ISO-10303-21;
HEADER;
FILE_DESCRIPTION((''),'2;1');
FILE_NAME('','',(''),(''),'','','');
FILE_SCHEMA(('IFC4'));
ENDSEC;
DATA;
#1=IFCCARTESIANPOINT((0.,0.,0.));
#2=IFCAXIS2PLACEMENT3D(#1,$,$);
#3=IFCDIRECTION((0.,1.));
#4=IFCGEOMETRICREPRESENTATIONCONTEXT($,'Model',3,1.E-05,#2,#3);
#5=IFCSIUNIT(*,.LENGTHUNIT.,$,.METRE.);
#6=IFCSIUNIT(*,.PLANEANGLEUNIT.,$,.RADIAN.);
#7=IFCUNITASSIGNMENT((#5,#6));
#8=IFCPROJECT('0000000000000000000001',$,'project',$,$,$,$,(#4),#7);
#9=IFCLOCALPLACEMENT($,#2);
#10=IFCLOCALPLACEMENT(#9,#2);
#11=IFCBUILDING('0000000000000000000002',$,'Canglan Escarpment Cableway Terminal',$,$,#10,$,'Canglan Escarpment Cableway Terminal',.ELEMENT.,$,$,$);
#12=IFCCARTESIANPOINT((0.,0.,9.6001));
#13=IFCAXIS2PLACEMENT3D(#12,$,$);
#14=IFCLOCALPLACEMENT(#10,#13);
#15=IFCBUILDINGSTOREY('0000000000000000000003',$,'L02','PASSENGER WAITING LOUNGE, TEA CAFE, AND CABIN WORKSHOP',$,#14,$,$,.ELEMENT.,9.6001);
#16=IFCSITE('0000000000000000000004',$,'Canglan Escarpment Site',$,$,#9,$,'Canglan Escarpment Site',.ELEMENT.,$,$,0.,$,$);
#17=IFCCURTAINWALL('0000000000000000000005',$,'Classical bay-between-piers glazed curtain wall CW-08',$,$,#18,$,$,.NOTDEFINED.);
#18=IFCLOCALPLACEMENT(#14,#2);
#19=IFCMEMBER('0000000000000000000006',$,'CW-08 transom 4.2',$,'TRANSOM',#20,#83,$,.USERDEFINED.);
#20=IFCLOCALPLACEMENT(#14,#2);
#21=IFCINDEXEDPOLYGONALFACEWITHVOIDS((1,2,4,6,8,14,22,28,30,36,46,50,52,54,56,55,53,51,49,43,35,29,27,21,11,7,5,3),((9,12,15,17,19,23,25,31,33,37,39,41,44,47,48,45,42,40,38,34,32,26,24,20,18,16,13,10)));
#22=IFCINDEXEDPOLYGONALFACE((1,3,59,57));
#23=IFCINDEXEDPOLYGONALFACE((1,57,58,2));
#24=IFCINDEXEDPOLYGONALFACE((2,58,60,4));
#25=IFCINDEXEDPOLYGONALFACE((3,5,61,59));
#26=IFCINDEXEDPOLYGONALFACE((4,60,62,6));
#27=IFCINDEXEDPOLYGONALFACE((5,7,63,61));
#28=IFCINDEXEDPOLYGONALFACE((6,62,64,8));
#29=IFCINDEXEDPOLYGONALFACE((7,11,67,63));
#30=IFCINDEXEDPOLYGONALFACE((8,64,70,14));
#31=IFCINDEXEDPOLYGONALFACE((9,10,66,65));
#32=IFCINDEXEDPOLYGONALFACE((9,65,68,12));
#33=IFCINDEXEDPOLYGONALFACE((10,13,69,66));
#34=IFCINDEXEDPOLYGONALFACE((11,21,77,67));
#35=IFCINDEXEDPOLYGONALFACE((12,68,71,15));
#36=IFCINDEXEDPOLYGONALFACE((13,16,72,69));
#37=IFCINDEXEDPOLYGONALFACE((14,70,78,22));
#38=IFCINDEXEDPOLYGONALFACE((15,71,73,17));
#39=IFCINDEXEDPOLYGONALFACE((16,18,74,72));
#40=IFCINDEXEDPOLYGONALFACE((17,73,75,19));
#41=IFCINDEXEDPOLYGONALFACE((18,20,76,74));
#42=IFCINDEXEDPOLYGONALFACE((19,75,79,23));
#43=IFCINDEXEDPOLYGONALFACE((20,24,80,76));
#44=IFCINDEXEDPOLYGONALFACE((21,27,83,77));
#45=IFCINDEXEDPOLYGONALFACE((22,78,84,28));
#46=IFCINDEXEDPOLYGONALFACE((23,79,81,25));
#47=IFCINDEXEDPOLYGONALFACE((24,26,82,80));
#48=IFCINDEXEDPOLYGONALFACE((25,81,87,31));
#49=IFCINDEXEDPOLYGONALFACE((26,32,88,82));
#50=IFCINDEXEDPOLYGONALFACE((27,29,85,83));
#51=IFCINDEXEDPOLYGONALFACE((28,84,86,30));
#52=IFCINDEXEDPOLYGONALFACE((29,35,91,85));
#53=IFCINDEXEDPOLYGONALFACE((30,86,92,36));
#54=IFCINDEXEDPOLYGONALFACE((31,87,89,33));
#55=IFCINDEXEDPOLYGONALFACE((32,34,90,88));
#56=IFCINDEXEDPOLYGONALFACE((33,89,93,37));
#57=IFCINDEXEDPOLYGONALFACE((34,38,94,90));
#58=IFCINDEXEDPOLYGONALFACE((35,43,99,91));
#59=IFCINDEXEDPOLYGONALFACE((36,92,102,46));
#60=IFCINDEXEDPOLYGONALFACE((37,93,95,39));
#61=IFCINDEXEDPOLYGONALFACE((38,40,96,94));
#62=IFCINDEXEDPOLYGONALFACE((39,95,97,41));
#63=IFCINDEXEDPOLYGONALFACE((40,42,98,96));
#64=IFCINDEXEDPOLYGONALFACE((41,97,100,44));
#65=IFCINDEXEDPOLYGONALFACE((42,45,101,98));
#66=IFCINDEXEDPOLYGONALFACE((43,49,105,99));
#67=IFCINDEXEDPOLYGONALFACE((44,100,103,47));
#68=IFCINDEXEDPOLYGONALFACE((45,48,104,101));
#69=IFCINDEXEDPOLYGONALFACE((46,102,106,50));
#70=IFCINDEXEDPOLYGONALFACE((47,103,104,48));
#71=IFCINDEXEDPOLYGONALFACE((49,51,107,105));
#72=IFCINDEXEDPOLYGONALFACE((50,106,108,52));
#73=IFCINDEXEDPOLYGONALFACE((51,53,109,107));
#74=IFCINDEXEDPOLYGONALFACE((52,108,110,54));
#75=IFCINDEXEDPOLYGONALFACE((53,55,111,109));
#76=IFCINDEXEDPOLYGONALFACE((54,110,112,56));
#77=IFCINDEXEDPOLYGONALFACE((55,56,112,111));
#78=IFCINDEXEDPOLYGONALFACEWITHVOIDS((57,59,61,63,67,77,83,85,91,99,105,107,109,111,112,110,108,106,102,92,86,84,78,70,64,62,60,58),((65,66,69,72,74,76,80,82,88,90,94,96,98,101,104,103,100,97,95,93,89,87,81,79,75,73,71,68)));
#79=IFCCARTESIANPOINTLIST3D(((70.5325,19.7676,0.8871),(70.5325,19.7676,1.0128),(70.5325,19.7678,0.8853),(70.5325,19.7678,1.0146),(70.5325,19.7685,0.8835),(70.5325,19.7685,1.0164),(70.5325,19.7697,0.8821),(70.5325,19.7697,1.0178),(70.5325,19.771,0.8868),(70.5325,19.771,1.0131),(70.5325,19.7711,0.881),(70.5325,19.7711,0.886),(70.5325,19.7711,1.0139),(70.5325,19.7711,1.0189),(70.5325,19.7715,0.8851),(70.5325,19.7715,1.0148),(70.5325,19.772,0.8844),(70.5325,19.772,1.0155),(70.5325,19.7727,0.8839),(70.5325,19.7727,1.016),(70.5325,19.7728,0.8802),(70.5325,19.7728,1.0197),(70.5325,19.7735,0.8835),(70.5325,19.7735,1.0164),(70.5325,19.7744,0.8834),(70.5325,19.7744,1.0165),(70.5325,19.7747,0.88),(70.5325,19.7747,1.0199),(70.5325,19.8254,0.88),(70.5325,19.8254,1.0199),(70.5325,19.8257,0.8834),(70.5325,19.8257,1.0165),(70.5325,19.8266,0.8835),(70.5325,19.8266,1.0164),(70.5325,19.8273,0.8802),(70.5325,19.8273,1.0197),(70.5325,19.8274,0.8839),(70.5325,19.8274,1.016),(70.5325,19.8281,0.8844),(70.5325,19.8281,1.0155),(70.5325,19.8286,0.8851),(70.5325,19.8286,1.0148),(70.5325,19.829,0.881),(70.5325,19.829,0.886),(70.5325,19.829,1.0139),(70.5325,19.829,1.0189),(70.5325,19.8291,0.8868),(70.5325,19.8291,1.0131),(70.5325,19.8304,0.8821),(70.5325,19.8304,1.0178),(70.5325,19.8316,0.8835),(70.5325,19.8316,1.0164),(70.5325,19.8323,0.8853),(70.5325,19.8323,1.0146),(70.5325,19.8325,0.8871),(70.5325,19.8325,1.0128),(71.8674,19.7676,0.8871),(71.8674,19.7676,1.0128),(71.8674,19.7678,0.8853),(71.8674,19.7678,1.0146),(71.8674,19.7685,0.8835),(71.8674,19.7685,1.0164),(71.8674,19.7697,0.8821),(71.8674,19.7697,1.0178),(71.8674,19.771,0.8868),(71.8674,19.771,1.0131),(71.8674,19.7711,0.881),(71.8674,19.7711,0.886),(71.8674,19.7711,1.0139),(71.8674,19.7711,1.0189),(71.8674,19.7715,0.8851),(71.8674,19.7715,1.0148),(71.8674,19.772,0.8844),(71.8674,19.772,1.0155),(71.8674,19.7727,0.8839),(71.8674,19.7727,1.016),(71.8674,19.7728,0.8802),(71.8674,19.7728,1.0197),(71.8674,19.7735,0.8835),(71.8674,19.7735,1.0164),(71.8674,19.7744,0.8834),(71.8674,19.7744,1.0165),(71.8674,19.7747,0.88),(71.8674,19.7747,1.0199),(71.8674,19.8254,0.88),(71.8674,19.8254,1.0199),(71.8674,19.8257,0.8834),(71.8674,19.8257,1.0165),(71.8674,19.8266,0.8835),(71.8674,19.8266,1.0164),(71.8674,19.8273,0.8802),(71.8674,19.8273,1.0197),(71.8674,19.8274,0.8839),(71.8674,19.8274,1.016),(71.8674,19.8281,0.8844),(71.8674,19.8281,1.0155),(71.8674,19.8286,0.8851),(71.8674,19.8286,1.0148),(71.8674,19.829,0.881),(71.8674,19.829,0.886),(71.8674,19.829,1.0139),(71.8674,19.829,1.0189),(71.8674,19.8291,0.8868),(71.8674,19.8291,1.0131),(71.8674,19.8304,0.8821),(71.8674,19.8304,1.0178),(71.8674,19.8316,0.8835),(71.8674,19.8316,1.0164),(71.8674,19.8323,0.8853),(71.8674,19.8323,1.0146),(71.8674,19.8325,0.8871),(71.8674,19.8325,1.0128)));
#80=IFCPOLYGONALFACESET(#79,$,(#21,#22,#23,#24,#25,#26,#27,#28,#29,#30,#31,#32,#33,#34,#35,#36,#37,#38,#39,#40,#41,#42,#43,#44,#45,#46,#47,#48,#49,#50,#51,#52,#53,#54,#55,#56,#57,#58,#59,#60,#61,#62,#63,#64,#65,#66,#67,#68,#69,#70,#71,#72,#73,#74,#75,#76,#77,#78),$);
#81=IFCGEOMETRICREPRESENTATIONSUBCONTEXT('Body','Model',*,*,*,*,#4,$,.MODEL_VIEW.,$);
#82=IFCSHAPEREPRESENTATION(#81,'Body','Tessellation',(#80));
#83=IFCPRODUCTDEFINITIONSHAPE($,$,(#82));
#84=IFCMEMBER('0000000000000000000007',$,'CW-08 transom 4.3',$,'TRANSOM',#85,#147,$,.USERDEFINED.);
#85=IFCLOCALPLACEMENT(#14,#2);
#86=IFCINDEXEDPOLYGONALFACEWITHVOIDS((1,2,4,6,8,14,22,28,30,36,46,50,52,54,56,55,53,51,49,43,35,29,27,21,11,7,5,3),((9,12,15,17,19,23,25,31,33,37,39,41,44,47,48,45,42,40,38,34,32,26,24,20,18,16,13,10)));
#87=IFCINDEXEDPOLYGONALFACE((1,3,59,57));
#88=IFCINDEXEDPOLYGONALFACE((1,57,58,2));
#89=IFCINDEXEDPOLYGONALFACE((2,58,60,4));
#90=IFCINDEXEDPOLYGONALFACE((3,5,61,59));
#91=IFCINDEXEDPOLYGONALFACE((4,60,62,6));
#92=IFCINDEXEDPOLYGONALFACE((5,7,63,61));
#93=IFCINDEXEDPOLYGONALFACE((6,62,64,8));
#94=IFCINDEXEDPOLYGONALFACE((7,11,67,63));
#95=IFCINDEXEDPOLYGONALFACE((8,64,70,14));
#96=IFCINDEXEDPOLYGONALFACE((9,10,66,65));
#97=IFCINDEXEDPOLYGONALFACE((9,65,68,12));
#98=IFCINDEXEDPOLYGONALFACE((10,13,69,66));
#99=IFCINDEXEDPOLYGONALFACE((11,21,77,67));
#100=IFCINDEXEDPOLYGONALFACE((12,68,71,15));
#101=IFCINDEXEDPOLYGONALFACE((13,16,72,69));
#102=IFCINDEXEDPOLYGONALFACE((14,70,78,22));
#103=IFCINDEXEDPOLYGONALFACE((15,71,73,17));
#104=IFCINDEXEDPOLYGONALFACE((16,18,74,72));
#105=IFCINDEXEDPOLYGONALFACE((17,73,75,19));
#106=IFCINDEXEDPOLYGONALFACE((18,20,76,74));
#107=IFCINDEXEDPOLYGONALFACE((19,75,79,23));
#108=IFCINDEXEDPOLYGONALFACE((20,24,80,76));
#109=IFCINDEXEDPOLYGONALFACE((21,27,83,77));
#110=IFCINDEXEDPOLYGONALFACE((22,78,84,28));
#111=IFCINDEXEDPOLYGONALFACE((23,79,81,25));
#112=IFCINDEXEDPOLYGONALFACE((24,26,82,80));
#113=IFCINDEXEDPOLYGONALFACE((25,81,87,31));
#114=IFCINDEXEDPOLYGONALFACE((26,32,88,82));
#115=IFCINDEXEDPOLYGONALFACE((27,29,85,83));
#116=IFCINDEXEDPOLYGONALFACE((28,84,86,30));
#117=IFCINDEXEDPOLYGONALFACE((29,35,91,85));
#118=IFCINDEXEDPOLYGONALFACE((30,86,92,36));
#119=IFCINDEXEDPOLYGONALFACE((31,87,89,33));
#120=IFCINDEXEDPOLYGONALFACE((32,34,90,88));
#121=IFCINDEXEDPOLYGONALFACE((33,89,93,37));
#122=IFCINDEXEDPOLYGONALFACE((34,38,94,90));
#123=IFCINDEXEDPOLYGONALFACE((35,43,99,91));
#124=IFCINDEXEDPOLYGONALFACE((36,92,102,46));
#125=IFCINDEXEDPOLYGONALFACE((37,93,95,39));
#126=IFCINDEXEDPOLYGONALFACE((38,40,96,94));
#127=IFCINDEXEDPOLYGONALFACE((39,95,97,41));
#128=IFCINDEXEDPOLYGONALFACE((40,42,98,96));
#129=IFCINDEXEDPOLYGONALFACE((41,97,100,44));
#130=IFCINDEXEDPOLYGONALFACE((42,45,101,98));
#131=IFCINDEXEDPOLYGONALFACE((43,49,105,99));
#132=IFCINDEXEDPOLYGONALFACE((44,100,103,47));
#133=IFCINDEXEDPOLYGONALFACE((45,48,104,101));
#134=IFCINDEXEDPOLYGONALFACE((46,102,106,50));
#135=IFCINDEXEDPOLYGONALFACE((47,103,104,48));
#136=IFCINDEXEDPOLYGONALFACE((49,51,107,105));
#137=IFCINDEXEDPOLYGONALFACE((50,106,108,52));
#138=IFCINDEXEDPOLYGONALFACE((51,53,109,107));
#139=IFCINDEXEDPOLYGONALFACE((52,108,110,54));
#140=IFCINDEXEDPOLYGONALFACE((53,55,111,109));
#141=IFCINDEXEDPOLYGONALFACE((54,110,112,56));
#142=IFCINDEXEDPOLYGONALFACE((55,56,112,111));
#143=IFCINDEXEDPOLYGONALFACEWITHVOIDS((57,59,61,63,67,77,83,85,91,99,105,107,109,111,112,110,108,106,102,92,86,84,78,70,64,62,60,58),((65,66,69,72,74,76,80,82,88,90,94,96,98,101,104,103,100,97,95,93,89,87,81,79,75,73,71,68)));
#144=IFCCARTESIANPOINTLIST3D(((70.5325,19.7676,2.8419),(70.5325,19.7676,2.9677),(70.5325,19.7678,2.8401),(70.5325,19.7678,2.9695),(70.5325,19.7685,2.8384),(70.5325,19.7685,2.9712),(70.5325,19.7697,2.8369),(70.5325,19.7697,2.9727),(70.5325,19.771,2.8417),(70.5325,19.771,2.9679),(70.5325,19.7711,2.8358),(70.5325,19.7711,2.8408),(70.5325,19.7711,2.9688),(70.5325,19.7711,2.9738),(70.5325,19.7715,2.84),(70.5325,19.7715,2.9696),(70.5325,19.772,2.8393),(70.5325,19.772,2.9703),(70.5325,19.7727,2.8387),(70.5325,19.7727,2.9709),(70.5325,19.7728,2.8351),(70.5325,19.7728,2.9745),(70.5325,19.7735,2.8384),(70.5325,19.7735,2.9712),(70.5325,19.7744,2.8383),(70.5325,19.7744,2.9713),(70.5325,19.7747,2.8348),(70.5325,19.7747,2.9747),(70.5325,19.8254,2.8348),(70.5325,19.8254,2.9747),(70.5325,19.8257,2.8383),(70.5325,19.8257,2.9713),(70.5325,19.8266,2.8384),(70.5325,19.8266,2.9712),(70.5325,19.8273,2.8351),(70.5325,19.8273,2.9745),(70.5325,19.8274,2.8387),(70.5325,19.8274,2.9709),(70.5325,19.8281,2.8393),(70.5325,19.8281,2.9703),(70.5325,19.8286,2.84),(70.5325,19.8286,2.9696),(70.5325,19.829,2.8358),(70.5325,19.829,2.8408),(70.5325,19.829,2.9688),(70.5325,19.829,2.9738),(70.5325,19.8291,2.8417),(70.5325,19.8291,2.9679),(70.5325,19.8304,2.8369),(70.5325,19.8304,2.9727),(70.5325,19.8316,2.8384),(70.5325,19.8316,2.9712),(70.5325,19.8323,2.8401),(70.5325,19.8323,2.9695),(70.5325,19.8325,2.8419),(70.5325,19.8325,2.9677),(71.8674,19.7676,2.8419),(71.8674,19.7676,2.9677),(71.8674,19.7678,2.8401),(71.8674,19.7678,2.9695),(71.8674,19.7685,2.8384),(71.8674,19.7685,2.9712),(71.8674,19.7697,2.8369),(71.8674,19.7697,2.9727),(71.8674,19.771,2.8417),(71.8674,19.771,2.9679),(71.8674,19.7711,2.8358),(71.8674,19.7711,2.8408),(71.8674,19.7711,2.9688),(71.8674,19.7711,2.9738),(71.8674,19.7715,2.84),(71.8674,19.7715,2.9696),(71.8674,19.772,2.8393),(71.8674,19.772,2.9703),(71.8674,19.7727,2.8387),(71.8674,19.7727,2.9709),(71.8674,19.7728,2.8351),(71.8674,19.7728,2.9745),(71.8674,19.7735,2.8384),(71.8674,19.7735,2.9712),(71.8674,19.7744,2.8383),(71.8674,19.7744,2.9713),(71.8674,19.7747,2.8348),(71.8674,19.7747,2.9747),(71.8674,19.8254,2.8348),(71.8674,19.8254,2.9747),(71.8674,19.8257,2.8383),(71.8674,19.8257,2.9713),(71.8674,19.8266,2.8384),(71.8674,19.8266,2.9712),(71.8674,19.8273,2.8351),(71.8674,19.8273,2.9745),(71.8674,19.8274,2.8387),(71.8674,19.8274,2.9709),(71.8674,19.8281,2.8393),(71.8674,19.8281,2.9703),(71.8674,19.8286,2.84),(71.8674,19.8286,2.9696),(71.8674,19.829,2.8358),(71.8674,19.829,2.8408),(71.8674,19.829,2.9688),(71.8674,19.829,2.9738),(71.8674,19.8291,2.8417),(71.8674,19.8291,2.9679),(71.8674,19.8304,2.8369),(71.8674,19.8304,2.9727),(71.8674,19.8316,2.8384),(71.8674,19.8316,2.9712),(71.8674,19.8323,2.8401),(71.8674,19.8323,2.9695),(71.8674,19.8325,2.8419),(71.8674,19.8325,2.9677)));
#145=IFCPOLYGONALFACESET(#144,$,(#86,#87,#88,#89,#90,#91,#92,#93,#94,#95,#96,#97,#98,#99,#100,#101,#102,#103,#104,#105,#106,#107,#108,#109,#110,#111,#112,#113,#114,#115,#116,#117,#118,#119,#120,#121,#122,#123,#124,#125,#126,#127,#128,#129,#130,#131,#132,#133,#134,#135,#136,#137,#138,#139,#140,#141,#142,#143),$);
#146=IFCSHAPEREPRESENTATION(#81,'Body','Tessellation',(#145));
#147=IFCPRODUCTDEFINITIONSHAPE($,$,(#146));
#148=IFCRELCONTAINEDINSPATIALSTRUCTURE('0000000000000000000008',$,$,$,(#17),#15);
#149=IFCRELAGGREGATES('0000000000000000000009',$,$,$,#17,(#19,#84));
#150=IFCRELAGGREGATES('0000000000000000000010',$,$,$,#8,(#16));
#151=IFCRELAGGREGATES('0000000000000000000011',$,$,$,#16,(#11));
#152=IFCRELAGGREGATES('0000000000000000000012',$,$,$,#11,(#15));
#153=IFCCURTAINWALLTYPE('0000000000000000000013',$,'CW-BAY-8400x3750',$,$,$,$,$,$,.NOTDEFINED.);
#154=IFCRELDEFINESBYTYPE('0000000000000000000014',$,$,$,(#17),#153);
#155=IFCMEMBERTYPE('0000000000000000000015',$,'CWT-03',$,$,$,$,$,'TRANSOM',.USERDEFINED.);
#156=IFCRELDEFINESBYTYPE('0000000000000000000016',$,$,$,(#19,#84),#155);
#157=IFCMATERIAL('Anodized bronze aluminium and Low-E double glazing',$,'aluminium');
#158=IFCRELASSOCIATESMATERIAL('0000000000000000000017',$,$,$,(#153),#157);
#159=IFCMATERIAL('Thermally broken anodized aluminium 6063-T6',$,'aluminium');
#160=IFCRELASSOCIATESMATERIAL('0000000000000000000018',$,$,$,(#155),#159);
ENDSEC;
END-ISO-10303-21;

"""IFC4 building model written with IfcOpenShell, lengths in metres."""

from ifc_helpers import new_model, si_unit, direction, frame, origin, origin_2d, place, context, subcontext, project, spatial, hollow_rectangle, extrude, material, material_profile, profile_set, type_object, element, aggregate, save


model = new_model("IFC4")

# Units and contexts
model_context = context("Model", 3, precision=1e-05, world=origin(), true_north=direction((0.0, 1.0)))
body_context = subcontext(model_context, "Body", "Model", "MODEL_VIEW")
ifc_project = project(units=[si_unit("LENGTHUNIT", "METRE"), si_unit("PLANEANGLEUNIT", "RADIAN")], contexts=[model_context])

# Site, building, storey
site_placement = place(None, origin())
site = spatial("IfcSite", under=ifc_project, at=site_placement, Name="Canglan Escarpment Site", LongName="Canglan Escarpment Site", CompositionType="ELEMENT", RefElevation=0.0)
building_placement = place(site_placement, origin())
building = spatial("IfcBuilding", under=site, at=building_placement, Name="Canglan Escarpment Cableway Terminal", LongName="Canglan Escarpment Cableway Terminal", CompositionType="ELEMENT")
storey_placement = place(building_placement, frame((0.0, 0.0, 9.6001)))
storey = spatial("IfcBuildingStorey", under=building, at=storey_placement, Name="L02", Description="PASSENGER WAITING LOUNGE, TEA CAFE, AND CABIN WORKSHOP", CompositionType="ELEMENT", Elevation=9.6001)

# Curtain wall, members
ifc_material_1 = material(Name="Anodized bronze aluminium and Low-E double glazing", Category="aluminium")
curtain_wall_type = type_object("IfcCurtainWallType", Name="CW-BAY-8400x3750", PredefinedType="NOTDEFINED", material=ifc_material_1)
curtain_wall_placement = place(storey_placement, origin())
curtain_wall = element("IfcCurtainWall", 1, at=curtain_wall_placement, inside=storey, type_object=curtain_wall_type, Name="Classical bay-between-piers glazed curtain wall CW-08", PredefinedType="NOTDEFINED")
ifc_material_2 = material(Name="Thermally broken anodized aluminium 6063-T6", Category="aluminium")
ifc_material_profile_1 = material_profile(ifc_material_2, hollow_rectangle(XDim=0.0649, YDim=0.1399, WallThickness=0.0034, InnerFilletRadius=0.0034, OuterFilletRadius=0.0071, at=origin_2d()), Name="ALU-TRAN 65x140x3.5")
ifc_profile_set_1 = profile_set([ifc_material_profile_1], Name="Thermally broken anodized aluminium 6063-T6")
member_type_1 = type_object("IfcMemberType", Name="CWT-03", ElementType="TRANSOM", PredefinedType="USERDEFINED", material=ifc_profile_set_1)
member_1_placement = place(storey_placement, frame((71.8674, 19.8, 0.95), z_axis=(-1.0, 0.0, 0.0), x_axis=(0.0, -1.0, 0.0)))
member_1 = element("IfcMember", 2, at=member_1_placement, type_object=member_type_1, Name="CW-08 transom 4.2", ObjectType="TRANSOM", PredefinedType="USERDEFINED", context=body_context, shape_type="SweptSolid", body=[
    extrude(hollow_rectangle(XDim=0.0649, YDim=0.1399, WallThickness=0.0034, InnerFilletRadius=0.0034, OuterFilletRadius=0.0071, at=origin_2d()), origin(), (0.0, 0.0, 1.0), 1.335),
])
member_2_placement = place(storey_placement, frame((71.8674, 19.8, 2.9048), z_axis=(-1.0, 0.0, 0.0), x_axis=(0.0, -1.0, 0.0)))
member_2 = element("IfcMember", 3, at=member_2_placement, type_object=member_type_1, Name="CW-08 transom 4.3", ObjectType="TRANSOM", PredefinedType="USERDEFINED", context=body_context, shape_type="SweptSolid", body=[
    extrude(hollow_rectangle(XDim=0.0649, YDim=0.1399, WallThickness=0.0034, InnerFilletRadius=0.0034, OuterFilletRadius=0.0071, at=origin_2d()), origin(), (0.0, 0.0, 1.0), 1.335),
])
aggregate(curtain_wall, [member_1, member_2])

save(model, "model.ifc")
